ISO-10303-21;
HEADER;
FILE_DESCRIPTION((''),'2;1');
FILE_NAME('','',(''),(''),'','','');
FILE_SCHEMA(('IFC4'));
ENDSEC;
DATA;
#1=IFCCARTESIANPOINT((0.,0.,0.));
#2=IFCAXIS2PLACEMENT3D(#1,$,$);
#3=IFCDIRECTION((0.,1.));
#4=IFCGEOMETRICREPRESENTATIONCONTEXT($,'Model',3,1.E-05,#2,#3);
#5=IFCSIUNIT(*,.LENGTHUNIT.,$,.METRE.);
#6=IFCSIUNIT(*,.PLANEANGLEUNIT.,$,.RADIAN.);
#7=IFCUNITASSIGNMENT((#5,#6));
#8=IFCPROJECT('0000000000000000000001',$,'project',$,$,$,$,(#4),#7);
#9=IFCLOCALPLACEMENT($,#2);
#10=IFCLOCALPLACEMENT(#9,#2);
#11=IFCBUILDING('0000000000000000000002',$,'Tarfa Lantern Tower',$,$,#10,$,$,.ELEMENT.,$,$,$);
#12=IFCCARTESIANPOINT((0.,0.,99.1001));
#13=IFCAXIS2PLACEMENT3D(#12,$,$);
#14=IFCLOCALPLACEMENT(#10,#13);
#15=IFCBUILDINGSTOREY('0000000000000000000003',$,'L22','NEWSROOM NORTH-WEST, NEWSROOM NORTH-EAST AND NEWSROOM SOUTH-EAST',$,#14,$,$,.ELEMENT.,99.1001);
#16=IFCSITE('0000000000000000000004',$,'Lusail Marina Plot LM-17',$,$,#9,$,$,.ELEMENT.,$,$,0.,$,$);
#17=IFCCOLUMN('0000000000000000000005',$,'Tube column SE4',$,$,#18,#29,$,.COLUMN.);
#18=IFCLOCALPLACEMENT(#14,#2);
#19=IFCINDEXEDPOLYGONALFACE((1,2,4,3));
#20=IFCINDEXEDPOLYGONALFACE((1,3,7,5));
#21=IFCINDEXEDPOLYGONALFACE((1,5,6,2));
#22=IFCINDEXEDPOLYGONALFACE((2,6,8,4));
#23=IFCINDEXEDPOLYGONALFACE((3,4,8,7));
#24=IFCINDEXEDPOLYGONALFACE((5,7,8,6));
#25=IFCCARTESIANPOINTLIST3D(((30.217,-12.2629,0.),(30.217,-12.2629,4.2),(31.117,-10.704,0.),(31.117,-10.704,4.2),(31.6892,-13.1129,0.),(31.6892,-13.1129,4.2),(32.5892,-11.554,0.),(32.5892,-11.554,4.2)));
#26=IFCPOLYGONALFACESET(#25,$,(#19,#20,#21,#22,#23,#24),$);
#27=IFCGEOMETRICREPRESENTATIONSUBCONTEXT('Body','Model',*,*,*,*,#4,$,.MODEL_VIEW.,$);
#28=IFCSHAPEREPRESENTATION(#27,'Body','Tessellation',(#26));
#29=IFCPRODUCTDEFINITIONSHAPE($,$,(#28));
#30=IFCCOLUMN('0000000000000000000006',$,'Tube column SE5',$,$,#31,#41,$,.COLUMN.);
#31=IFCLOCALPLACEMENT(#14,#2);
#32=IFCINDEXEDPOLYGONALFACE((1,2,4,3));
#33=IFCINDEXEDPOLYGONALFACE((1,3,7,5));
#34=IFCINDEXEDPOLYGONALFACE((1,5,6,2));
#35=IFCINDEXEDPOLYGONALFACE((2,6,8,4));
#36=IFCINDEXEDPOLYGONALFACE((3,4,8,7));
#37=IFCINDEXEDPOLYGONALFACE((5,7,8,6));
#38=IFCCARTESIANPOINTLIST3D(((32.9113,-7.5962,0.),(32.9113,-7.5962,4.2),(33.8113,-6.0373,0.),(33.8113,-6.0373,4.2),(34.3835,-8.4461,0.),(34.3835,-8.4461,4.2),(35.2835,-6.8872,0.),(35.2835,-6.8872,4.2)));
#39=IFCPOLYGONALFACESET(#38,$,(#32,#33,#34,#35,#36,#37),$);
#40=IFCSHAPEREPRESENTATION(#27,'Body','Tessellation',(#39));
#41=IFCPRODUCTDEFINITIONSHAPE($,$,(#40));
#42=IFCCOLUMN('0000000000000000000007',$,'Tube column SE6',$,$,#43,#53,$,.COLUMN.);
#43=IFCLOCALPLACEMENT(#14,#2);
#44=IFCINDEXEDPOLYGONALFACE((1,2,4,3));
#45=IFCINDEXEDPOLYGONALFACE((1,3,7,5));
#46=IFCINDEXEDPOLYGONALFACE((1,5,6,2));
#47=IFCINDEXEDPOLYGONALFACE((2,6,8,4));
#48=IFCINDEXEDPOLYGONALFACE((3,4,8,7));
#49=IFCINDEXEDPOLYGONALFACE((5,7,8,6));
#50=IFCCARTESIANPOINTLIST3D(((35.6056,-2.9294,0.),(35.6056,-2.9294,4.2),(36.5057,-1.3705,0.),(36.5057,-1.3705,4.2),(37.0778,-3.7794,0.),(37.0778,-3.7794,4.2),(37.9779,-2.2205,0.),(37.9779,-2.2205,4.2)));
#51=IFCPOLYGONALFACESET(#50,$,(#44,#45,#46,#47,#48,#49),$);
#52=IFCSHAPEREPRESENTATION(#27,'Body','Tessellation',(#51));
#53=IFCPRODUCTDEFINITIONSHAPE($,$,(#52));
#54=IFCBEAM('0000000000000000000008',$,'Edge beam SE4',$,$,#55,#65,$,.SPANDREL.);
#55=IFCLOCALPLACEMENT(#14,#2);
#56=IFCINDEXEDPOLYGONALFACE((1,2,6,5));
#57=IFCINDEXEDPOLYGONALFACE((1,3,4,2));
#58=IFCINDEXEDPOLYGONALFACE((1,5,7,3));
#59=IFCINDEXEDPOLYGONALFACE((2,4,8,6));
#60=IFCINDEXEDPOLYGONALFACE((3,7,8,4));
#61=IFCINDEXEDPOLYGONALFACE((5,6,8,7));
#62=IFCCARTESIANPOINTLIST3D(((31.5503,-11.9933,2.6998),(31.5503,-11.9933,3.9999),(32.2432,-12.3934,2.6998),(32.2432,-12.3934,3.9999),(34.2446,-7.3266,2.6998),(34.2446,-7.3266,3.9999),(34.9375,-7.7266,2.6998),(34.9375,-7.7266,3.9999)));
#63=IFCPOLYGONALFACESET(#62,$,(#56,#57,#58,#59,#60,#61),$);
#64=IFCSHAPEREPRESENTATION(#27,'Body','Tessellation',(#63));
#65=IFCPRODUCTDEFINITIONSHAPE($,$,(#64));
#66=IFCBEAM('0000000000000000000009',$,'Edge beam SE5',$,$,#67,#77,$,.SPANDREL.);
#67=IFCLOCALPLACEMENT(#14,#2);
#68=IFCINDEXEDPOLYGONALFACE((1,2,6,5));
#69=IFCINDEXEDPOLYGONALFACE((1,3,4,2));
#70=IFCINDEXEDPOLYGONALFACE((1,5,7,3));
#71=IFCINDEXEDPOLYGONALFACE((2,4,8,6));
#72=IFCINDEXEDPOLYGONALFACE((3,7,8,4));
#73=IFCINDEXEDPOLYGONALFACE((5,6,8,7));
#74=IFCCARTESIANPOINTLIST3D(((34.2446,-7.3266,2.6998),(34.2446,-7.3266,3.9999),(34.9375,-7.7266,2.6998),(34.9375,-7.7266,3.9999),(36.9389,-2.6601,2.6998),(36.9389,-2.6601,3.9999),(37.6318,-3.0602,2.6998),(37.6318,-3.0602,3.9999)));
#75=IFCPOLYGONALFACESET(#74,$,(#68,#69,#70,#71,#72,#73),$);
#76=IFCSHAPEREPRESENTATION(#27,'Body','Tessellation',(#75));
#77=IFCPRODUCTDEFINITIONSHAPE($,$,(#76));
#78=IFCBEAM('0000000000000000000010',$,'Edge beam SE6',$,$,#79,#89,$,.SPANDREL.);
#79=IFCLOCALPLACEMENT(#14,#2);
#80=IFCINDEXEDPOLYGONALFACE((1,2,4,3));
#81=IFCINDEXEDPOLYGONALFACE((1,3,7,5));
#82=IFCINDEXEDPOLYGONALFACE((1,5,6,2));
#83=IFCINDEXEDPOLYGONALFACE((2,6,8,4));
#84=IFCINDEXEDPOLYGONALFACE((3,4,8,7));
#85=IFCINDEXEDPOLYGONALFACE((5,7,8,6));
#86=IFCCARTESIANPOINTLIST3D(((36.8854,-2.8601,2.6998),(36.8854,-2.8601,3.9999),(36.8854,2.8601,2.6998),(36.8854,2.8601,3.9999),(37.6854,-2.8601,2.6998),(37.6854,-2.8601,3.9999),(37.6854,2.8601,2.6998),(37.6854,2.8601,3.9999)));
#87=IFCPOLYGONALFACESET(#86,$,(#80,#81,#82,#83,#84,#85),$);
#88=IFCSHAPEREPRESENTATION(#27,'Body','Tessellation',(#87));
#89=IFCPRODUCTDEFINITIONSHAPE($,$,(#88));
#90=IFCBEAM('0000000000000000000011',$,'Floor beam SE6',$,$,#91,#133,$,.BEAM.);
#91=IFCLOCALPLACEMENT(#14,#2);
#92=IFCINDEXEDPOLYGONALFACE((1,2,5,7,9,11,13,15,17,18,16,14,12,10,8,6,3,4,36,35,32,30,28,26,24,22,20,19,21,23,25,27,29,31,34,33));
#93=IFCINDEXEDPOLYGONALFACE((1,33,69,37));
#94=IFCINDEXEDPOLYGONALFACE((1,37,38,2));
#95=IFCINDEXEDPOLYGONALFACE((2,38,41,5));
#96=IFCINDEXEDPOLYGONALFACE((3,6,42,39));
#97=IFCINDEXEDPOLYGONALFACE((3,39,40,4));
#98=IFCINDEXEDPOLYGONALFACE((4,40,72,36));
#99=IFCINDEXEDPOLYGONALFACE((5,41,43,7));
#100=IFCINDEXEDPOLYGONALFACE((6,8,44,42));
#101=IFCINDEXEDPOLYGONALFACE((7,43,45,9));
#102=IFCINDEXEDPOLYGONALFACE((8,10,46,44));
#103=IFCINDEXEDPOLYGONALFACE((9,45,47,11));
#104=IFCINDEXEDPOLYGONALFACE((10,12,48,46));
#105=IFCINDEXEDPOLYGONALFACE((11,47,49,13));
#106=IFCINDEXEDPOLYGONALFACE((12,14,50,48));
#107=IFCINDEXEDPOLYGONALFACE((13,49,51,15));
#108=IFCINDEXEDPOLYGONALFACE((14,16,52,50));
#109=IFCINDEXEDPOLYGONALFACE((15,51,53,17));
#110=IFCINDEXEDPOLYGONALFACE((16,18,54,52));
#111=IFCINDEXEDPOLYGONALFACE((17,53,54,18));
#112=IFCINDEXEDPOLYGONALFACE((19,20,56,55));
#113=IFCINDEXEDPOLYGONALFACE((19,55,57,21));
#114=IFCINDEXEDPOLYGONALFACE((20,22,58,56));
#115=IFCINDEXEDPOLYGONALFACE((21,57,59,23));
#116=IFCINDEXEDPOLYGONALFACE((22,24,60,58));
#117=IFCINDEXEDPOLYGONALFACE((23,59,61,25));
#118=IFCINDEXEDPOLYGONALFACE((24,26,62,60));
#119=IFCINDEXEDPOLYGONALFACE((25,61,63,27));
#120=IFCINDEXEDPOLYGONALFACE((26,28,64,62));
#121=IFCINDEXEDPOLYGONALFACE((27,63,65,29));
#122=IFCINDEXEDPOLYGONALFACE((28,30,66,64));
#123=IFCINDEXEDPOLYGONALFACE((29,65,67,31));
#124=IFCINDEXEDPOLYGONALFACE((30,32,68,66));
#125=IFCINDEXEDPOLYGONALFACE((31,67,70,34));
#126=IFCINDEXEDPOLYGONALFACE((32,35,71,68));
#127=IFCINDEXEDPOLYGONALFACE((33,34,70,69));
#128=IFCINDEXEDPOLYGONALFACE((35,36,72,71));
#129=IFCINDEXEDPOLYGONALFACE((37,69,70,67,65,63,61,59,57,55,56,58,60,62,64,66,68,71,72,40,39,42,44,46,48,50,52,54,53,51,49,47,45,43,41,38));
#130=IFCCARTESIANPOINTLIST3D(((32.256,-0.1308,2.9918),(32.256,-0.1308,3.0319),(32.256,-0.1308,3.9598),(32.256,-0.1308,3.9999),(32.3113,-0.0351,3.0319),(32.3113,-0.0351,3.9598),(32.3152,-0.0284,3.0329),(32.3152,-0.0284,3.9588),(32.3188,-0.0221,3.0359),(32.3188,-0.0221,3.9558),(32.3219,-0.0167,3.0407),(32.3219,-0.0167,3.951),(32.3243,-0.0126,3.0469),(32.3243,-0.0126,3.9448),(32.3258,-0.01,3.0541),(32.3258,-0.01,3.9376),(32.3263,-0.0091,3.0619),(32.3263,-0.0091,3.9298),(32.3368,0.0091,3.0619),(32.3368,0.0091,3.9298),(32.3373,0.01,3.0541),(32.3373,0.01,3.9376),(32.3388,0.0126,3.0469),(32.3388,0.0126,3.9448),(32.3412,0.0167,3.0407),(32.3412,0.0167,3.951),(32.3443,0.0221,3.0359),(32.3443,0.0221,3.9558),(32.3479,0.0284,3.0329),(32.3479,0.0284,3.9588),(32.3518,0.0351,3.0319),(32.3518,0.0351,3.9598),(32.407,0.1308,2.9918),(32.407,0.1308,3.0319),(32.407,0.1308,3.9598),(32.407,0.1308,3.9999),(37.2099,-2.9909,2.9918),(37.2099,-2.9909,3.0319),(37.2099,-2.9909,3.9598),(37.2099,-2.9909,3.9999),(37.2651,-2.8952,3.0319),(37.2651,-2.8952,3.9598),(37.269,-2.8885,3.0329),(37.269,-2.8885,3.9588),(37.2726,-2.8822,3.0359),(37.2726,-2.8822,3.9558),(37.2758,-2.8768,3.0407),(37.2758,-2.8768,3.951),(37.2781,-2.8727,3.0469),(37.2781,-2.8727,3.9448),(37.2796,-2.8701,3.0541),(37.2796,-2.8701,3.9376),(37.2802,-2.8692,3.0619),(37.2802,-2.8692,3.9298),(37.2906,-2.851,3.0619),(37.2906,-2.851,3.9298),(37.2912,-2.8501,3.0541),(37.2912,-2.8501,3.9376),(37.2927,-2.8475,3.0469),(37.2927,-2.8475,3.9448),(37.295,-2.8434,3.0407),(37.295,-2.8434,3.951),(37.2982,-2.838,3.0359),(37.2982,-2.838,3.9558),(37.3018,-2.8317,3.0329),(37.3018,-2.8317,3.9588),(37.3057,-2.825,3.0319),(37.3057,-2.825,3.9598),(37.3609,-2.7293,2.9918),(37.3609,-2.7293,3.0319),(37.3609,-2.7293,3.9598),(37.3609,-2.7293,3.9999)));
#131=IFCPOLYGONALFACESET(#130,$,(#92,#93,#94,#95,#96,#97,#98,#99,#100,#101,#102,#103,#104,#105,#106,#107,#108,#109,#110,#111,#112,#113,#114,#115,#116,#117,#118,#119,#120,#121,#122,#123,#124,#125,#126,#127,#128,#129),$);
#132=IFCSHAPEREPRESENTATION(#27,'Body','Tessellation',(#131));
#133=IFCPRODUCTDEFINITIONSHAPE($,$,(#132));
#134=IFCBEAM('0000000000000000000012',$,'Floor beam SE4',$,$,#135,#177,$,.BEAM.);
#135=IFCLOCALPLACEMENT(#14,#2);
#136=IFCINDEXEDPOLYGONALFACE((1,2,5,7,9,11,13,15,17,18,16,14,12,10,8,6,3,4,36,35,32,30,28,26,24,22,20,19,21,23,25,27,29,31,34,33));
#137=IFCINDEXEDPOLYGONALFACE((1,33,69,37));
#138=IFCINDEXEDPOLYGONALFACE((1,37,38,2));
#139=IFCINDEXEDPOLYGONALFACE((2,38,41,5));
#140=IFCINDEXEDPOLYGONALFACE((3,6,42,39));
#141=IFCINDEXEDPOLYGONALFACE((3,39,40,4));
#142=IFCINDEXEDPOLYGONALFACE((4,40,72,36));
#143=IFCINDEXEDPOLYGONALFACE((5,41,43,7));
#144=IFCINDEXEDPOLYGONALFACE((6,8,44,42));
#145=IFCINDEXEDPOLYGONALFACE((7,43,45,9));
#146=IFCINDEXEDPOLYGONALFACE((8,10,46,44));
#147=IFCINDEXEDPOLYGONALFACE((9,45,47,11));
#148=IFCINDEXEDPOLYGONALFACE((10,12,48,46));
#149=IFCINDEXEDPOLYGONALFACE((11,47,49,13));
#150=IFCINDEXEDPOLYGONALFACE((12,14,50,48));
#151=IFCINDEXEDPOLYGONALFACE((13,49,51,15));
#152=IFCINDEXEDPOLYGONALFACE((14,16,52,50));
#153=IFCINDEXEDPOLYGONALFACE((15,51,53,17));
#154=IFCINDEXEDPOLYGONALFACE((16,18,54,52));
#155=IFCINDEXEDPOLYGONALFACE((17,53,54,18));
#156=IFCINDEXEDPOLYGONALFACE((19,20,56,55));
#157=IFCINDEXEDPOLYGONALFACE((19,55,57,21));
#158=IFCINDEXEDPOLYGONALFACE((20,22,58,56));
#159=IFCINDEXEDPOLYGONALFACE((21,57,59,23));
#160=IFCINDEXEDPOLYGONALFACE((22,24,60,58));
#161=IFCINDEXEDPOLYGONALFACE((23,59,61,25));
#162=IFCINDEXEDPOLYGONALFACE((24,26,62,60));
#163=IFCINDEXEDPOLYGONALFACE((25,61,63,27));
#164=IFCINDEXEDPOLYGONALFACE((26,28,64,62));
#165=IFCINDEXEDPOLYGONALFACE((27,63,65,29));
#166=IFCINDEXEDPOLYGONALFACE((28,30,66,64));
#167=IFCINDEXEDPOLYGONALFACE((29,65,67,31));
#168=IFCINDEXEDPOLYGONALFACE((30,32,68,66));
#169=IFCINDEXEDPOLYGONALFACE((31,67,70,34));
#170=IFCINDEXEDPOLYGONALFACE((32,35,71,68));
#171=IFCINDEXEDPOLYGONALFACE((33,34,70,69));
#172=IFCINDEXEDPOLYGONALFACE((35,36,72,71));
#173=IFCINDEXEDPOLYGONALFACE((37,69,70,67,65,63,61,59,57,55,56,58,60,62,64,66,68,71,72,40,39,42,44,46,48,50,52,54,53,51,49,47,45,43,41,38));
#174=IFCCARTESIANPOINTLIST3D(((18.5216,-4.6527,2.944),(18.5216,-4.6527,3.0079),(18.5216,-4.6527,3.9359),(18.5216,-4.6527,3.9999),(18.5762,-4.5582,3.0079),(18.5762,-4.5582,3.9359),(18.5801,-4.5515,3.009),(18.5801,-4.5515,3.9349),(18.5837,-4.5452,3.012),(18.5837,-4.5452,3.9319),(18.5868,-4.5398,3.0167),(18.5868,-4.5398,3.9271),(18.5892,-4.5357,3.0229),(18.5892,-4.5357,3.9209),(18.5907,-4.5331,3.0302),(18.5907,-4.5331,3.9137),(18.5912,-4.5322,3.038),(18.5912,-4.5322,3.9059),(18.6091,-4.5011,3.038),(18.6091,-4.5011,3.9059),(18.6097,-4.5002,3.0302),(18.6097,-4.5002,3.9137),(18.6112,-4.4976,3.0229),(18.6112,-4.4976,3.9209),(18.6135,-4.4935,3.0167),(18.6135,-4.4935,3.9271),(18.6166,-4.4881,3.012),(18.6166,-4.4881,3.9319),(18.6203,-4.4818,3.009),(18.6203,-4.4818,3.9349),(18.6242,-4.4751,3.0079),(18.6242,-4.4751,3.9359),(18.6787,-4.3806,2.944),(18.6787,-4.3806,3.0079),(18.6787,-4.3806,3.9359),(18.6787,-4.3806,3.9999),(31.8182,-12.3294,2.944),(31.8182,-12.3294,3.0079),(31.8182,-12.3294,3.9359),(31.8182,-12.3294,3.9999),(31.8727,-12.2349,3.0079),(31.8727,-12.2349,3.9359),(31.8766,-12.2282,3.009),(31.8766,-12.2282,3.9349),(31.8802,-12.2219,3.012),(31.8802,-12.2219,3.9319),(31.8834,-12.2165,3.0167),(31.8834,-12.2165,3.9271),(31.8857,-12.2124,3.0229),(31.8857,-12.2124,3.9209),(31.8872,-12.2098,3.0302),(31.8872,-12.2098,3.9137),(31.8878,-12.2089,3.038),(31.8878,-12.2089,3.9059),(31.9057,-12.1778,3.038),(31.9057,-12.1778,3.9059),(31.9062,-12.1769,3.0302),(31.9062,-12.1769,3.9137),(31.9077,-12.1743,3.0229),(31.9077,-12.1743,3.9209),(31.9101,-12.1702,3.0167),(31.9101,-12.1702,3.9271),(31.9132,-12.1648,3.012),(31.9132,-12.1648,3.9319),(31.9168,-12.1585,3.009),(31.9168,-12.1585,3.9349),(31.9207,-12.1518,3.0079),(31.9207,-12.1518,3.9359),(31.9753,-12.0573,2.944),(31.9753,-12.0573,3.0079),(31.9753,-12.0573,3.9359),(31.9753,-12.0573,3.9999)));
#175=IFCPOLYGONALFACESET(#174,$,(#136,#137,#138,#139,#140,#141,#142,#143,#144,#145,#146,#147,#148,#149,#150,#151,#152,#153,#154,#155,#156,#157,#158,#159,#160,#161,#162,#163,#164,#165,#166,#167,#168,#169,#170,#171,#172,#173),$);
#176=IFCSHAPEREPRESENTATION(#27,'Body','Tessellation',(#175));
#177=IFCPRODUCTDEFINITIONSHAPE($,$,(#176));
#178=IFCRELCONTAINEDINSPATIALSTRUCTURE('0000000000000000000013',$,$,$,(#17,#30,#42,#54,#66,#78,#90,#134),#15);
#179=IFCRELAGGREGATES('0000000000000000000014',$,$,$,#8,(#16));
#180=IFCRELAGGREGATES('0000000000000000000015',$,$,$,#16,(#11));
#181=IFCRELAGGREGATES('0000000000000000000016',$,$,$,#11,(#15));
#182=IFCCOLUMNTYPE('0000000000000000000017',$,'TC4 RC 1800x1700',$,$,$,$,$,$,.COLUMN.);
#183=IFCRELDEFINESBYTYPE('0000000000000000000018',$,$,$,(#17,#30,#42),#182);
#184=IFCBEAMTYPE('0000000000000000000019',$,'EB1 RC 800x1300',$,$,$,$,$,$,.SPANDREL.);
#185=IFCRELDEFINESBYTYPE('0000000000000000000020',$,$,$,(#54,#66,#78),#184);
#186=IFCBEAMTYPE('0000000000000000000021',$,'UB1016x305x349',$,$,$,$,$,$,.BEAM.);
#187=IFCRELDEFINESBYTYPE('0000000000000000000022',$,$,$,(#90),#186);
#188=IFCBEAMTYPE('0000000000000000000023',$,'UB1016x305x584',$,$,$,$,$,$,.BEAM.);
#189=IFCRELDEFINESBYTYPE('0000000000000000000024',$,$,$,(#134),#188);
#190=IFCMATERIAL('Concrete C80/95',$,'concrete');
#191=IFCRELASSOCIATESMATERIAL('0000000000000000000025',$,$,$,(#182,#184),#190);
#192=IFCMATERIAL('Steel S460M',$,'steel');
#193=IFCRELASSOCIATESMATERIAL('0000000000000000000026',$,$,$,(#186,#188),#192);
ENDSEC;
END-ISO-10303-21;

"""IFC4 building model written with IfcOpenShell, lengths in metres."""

from ifc_helpers import new_model, si_unit, direction, frame, origin, origin_2d, place, context, subcontext, project, spatial, rectangle, i_section, extrude, material, material_profile, profile_set, type_object, element, save


model = new_model("IFC4")

# Units and contexts
model_context = context("Model", 3, precision=1e-05, world=origin(), true_north=direction((0.0, 1.0)))
body_context = subcontext(model_context, "Body", "Model", "MODEL_VIEW")
ifc_project = project(units=[si_unit("LENGTHUNIT", "METRE"), si_unit("PLANEANGLEUNIT", "RADIAN")], contexts=[model_context])

# Site, building, storey
site_placement = place(None, origin())
site = spatial("IfcSite", under=ifc_project, at=site_placement, Name="Lusail Marina Plot LM-17", CompositionType="ELEMENT", RefElevation=0.0)
building_placement = place(site_placement, origin())
building = spatial("IfcBuilding", under=site, at=building_placement, Name="Tarfa Lantern Tower", CompositionType="ELEMENT")
storey_placement = place(building_placement, frame((0.0, 0.0, 99.1001)))
storey = spatial("IfcBuildingStorey", under=building, at=storey_placement, Name="L22", Description="NEWSROOM NORTH-WEST, NEWSROOM NORTH-EAST AND NEWSROOM SOUTH-EAST", CompositionType="ELEMENT", Elevation=99.1001)

# Columns
ifc_material_1 = material(Name="Concrete C80/95", Category="concrete")
ifc_material_profile_1 = material_profile(ifc_material_1, rectangle(XDim=1.8, YDim=1.7, at=origin_2d()), Name="RC 1800x1700")
ifc_profile_set_1 = profile_set([ifc_material_profile_1], Name="Concrete C80/95")
column_type = type_object("IfcColumnType", Name="TC4 RC 1800x1700", PredefinedType="COLUMN", material=ifc_profile_set_1)
for number, where, z_axis, x_axis, name in (
    (1, (31.4031, -11.9084, 0.0), (0.0, 0.0, 1.0), (0.5, 0.866025, 0.0), "Tube column SE4"),
    (2, (34.0974, -7.2417, 0.0), (0.0, 0.0, 1.0), (0.5, 0.866025, 0.0), "Tube column SE5"),
    (3, (36.7917, -2.575, 0.0), (0.0, 0.0, 1.0), (0.5, 0.866025, 0.0), "Tube column SE6"),
):
    element("IfcColumn", number, at=place(storey_placement, frame(where, z_axis=z_axis, x_axis=x_axis)), inside=storey, type_object=column_type, Name=name, PredefinedType="COLUMN", context=body_context, shape_type="SweptSolid", body=[
        extrude(rectangle(XDim=1.8, YDim=1.7, at=origin_2d()), origin(), (0.0, 0.0, 1.0), 4.2),
    ])

# Beams
ifc_material_profile_2 = material_profile(ifc_material_1, rectangle(XDim=0.8, YDim=1.3, at=origin_2d()), Name="RC 800x1300")
ifc_profile_set_2 = profile_set([ifc_material_profile_2], Name="Concrete C80/95")
beam_type_1 = type_object("IfcBeamType", Name="EB1 RC 800x1300", PredefinedType="SPANDREL", material=ifc_profile_set_2)
beam_1_placement = place(storey_placement, frame((31.8967, -12.1934, 3.3499), z_axis=(0.499998, 0.866026, 0.0), x_axis=(-0.866026, 0.499998, 0.0)))
element("IfcBeam", 4, at=beam_1_placement, inside=storey, type_object=beam_type_1, Name="Edge beam SE4", PredefinedType="SPANDREL", context=body_context, shape_type="SweptSolid", body=[
    extrude(rectangle(XDim=0.8, YDim=1.3, at=origin_2d()), origin(), (0.0, 0.0, 1.0), 5.3887),
])
beam_2_placement = place(storey_placement, frame((34.5911, -7.5266, 3.3499), z_axis=(0.500018, 0.866015, 0.0), x_axis=(-0.866015, 0.500018, 0.0)))
element("IfcBeam", 5, at=beam_2_placement, inside=storey, type_object=beam_type_1, Name="Edge beam SE5", PredefinedType="SPANDREL", context=body_context, shape_type="SweptSolid", body=[
    extrude(rectangle(XDim=0.8, YDim=1.3, at=origin_2d()), origin(), (0.0, 0.0, 1.0), 5.3884),
])
beam_3_placement = place(storey_placement, frame((37.2854, -2.8601, 3.3499), z_axis=(0.0, 1.0, 0.0), x_axis=(-1.0, 0.0, 0.0)))
element("IfcBeam", 6, at=beam_3_placement, inside=storey, type_object=beam_type_1, Name="Edge beam SE6", PredefinedType="SPANDREL", context=body_context, shape_type="SweptSolid", body=[
    extrude(rectangle(XDim=0.8, YDim=1.3, at=origin_2d()), origin(), (0.0, 0.0, 1.0), 5.7202),
])
ifc_material_2 = material(Name="Steel S460M", Category="steel")
ifc_material_profile_3 = material_profile(ifc_material_2, i_section(OverallWidth=0.302, OverallDepth=1.0081, WebThickness=0.021, FlangeThickness=0.04, FilletRadius=0.03, at=origin_2d()), Name="UB1016x305x349")
ifc_profile_set_3 = profile_set([ifc_material_profile_3], Name="Steel S460M")
beam_type_2 = type_object("IfcBeamType", Name="UB1016x305x349", PredefinedType="BEAM", material=ifc_profile_set_3)
beam_4_placement = place(storey_placement, frame((37.2854, -2.8601, 3.4958), z_axis=(-0.866026, 0.5, 0.0), x_axis=(-0.5, -0.866026, 0.0)))
element("IfcBeam", 7, at=beam_4_placement, inside=storey, type_object=beam_type_2, Name="Floor beam SE6", PredefinedType="BEAM", context=body_context, shape_type="SweptSolid", body=[
    extrude(i_section(OverallWidth=0.302, OverallDepth=1.0081, WebThickness=0.021, FlangeThickness=0.04, FilletRadius=0.03, at=origin_2d()), origin(), (0.0, 0.0, 1.0), 5.7202),
])
ifc_material_profile_4 = material_profile(ifc_material_2, i_section(OverallWidth=0.3142, OverallDepth=1.0559, WebThickness=0.0359, FlangeThickness=0.064, FilletRadius=0.03, at=origin_2d()), Name="UB1016x305x584")
ifc_profile_set_4 = profile_set([ifc_material_profile_4], Name="Steel S460M")
beam_type_3 = type_object("IfcBeamType", Name="UB1016x305x584", PredefinedType="BEAM", material=ifc_profile_set_4)
beam_5_placement = place(storey_placement, frame((31.8967, -12.1934, 3.4719), z_axis=(-0.866027, 0.499997, 0.0), x_axis=(-0.499997, -0.866027, 0.0)))
element("IfcBeam", 8, at=beam_5_placement, inside=storey, type_object=beam_type_3, Name="Floor beam SE4", PredefinedType="BEAM", context=body_context, shape_type="SweptSolid", body=[
    extrude(i_section(OverallWidth=0.3142, OverallDepth=1.0559, WebThickness=0.0359, FlangeThickness=0.064, FilletRadius=0.03, at=origin_2d()), origin(), (0.0, 0.0, 1.0), 15.3535),
])

save(model, "model.ifc")
